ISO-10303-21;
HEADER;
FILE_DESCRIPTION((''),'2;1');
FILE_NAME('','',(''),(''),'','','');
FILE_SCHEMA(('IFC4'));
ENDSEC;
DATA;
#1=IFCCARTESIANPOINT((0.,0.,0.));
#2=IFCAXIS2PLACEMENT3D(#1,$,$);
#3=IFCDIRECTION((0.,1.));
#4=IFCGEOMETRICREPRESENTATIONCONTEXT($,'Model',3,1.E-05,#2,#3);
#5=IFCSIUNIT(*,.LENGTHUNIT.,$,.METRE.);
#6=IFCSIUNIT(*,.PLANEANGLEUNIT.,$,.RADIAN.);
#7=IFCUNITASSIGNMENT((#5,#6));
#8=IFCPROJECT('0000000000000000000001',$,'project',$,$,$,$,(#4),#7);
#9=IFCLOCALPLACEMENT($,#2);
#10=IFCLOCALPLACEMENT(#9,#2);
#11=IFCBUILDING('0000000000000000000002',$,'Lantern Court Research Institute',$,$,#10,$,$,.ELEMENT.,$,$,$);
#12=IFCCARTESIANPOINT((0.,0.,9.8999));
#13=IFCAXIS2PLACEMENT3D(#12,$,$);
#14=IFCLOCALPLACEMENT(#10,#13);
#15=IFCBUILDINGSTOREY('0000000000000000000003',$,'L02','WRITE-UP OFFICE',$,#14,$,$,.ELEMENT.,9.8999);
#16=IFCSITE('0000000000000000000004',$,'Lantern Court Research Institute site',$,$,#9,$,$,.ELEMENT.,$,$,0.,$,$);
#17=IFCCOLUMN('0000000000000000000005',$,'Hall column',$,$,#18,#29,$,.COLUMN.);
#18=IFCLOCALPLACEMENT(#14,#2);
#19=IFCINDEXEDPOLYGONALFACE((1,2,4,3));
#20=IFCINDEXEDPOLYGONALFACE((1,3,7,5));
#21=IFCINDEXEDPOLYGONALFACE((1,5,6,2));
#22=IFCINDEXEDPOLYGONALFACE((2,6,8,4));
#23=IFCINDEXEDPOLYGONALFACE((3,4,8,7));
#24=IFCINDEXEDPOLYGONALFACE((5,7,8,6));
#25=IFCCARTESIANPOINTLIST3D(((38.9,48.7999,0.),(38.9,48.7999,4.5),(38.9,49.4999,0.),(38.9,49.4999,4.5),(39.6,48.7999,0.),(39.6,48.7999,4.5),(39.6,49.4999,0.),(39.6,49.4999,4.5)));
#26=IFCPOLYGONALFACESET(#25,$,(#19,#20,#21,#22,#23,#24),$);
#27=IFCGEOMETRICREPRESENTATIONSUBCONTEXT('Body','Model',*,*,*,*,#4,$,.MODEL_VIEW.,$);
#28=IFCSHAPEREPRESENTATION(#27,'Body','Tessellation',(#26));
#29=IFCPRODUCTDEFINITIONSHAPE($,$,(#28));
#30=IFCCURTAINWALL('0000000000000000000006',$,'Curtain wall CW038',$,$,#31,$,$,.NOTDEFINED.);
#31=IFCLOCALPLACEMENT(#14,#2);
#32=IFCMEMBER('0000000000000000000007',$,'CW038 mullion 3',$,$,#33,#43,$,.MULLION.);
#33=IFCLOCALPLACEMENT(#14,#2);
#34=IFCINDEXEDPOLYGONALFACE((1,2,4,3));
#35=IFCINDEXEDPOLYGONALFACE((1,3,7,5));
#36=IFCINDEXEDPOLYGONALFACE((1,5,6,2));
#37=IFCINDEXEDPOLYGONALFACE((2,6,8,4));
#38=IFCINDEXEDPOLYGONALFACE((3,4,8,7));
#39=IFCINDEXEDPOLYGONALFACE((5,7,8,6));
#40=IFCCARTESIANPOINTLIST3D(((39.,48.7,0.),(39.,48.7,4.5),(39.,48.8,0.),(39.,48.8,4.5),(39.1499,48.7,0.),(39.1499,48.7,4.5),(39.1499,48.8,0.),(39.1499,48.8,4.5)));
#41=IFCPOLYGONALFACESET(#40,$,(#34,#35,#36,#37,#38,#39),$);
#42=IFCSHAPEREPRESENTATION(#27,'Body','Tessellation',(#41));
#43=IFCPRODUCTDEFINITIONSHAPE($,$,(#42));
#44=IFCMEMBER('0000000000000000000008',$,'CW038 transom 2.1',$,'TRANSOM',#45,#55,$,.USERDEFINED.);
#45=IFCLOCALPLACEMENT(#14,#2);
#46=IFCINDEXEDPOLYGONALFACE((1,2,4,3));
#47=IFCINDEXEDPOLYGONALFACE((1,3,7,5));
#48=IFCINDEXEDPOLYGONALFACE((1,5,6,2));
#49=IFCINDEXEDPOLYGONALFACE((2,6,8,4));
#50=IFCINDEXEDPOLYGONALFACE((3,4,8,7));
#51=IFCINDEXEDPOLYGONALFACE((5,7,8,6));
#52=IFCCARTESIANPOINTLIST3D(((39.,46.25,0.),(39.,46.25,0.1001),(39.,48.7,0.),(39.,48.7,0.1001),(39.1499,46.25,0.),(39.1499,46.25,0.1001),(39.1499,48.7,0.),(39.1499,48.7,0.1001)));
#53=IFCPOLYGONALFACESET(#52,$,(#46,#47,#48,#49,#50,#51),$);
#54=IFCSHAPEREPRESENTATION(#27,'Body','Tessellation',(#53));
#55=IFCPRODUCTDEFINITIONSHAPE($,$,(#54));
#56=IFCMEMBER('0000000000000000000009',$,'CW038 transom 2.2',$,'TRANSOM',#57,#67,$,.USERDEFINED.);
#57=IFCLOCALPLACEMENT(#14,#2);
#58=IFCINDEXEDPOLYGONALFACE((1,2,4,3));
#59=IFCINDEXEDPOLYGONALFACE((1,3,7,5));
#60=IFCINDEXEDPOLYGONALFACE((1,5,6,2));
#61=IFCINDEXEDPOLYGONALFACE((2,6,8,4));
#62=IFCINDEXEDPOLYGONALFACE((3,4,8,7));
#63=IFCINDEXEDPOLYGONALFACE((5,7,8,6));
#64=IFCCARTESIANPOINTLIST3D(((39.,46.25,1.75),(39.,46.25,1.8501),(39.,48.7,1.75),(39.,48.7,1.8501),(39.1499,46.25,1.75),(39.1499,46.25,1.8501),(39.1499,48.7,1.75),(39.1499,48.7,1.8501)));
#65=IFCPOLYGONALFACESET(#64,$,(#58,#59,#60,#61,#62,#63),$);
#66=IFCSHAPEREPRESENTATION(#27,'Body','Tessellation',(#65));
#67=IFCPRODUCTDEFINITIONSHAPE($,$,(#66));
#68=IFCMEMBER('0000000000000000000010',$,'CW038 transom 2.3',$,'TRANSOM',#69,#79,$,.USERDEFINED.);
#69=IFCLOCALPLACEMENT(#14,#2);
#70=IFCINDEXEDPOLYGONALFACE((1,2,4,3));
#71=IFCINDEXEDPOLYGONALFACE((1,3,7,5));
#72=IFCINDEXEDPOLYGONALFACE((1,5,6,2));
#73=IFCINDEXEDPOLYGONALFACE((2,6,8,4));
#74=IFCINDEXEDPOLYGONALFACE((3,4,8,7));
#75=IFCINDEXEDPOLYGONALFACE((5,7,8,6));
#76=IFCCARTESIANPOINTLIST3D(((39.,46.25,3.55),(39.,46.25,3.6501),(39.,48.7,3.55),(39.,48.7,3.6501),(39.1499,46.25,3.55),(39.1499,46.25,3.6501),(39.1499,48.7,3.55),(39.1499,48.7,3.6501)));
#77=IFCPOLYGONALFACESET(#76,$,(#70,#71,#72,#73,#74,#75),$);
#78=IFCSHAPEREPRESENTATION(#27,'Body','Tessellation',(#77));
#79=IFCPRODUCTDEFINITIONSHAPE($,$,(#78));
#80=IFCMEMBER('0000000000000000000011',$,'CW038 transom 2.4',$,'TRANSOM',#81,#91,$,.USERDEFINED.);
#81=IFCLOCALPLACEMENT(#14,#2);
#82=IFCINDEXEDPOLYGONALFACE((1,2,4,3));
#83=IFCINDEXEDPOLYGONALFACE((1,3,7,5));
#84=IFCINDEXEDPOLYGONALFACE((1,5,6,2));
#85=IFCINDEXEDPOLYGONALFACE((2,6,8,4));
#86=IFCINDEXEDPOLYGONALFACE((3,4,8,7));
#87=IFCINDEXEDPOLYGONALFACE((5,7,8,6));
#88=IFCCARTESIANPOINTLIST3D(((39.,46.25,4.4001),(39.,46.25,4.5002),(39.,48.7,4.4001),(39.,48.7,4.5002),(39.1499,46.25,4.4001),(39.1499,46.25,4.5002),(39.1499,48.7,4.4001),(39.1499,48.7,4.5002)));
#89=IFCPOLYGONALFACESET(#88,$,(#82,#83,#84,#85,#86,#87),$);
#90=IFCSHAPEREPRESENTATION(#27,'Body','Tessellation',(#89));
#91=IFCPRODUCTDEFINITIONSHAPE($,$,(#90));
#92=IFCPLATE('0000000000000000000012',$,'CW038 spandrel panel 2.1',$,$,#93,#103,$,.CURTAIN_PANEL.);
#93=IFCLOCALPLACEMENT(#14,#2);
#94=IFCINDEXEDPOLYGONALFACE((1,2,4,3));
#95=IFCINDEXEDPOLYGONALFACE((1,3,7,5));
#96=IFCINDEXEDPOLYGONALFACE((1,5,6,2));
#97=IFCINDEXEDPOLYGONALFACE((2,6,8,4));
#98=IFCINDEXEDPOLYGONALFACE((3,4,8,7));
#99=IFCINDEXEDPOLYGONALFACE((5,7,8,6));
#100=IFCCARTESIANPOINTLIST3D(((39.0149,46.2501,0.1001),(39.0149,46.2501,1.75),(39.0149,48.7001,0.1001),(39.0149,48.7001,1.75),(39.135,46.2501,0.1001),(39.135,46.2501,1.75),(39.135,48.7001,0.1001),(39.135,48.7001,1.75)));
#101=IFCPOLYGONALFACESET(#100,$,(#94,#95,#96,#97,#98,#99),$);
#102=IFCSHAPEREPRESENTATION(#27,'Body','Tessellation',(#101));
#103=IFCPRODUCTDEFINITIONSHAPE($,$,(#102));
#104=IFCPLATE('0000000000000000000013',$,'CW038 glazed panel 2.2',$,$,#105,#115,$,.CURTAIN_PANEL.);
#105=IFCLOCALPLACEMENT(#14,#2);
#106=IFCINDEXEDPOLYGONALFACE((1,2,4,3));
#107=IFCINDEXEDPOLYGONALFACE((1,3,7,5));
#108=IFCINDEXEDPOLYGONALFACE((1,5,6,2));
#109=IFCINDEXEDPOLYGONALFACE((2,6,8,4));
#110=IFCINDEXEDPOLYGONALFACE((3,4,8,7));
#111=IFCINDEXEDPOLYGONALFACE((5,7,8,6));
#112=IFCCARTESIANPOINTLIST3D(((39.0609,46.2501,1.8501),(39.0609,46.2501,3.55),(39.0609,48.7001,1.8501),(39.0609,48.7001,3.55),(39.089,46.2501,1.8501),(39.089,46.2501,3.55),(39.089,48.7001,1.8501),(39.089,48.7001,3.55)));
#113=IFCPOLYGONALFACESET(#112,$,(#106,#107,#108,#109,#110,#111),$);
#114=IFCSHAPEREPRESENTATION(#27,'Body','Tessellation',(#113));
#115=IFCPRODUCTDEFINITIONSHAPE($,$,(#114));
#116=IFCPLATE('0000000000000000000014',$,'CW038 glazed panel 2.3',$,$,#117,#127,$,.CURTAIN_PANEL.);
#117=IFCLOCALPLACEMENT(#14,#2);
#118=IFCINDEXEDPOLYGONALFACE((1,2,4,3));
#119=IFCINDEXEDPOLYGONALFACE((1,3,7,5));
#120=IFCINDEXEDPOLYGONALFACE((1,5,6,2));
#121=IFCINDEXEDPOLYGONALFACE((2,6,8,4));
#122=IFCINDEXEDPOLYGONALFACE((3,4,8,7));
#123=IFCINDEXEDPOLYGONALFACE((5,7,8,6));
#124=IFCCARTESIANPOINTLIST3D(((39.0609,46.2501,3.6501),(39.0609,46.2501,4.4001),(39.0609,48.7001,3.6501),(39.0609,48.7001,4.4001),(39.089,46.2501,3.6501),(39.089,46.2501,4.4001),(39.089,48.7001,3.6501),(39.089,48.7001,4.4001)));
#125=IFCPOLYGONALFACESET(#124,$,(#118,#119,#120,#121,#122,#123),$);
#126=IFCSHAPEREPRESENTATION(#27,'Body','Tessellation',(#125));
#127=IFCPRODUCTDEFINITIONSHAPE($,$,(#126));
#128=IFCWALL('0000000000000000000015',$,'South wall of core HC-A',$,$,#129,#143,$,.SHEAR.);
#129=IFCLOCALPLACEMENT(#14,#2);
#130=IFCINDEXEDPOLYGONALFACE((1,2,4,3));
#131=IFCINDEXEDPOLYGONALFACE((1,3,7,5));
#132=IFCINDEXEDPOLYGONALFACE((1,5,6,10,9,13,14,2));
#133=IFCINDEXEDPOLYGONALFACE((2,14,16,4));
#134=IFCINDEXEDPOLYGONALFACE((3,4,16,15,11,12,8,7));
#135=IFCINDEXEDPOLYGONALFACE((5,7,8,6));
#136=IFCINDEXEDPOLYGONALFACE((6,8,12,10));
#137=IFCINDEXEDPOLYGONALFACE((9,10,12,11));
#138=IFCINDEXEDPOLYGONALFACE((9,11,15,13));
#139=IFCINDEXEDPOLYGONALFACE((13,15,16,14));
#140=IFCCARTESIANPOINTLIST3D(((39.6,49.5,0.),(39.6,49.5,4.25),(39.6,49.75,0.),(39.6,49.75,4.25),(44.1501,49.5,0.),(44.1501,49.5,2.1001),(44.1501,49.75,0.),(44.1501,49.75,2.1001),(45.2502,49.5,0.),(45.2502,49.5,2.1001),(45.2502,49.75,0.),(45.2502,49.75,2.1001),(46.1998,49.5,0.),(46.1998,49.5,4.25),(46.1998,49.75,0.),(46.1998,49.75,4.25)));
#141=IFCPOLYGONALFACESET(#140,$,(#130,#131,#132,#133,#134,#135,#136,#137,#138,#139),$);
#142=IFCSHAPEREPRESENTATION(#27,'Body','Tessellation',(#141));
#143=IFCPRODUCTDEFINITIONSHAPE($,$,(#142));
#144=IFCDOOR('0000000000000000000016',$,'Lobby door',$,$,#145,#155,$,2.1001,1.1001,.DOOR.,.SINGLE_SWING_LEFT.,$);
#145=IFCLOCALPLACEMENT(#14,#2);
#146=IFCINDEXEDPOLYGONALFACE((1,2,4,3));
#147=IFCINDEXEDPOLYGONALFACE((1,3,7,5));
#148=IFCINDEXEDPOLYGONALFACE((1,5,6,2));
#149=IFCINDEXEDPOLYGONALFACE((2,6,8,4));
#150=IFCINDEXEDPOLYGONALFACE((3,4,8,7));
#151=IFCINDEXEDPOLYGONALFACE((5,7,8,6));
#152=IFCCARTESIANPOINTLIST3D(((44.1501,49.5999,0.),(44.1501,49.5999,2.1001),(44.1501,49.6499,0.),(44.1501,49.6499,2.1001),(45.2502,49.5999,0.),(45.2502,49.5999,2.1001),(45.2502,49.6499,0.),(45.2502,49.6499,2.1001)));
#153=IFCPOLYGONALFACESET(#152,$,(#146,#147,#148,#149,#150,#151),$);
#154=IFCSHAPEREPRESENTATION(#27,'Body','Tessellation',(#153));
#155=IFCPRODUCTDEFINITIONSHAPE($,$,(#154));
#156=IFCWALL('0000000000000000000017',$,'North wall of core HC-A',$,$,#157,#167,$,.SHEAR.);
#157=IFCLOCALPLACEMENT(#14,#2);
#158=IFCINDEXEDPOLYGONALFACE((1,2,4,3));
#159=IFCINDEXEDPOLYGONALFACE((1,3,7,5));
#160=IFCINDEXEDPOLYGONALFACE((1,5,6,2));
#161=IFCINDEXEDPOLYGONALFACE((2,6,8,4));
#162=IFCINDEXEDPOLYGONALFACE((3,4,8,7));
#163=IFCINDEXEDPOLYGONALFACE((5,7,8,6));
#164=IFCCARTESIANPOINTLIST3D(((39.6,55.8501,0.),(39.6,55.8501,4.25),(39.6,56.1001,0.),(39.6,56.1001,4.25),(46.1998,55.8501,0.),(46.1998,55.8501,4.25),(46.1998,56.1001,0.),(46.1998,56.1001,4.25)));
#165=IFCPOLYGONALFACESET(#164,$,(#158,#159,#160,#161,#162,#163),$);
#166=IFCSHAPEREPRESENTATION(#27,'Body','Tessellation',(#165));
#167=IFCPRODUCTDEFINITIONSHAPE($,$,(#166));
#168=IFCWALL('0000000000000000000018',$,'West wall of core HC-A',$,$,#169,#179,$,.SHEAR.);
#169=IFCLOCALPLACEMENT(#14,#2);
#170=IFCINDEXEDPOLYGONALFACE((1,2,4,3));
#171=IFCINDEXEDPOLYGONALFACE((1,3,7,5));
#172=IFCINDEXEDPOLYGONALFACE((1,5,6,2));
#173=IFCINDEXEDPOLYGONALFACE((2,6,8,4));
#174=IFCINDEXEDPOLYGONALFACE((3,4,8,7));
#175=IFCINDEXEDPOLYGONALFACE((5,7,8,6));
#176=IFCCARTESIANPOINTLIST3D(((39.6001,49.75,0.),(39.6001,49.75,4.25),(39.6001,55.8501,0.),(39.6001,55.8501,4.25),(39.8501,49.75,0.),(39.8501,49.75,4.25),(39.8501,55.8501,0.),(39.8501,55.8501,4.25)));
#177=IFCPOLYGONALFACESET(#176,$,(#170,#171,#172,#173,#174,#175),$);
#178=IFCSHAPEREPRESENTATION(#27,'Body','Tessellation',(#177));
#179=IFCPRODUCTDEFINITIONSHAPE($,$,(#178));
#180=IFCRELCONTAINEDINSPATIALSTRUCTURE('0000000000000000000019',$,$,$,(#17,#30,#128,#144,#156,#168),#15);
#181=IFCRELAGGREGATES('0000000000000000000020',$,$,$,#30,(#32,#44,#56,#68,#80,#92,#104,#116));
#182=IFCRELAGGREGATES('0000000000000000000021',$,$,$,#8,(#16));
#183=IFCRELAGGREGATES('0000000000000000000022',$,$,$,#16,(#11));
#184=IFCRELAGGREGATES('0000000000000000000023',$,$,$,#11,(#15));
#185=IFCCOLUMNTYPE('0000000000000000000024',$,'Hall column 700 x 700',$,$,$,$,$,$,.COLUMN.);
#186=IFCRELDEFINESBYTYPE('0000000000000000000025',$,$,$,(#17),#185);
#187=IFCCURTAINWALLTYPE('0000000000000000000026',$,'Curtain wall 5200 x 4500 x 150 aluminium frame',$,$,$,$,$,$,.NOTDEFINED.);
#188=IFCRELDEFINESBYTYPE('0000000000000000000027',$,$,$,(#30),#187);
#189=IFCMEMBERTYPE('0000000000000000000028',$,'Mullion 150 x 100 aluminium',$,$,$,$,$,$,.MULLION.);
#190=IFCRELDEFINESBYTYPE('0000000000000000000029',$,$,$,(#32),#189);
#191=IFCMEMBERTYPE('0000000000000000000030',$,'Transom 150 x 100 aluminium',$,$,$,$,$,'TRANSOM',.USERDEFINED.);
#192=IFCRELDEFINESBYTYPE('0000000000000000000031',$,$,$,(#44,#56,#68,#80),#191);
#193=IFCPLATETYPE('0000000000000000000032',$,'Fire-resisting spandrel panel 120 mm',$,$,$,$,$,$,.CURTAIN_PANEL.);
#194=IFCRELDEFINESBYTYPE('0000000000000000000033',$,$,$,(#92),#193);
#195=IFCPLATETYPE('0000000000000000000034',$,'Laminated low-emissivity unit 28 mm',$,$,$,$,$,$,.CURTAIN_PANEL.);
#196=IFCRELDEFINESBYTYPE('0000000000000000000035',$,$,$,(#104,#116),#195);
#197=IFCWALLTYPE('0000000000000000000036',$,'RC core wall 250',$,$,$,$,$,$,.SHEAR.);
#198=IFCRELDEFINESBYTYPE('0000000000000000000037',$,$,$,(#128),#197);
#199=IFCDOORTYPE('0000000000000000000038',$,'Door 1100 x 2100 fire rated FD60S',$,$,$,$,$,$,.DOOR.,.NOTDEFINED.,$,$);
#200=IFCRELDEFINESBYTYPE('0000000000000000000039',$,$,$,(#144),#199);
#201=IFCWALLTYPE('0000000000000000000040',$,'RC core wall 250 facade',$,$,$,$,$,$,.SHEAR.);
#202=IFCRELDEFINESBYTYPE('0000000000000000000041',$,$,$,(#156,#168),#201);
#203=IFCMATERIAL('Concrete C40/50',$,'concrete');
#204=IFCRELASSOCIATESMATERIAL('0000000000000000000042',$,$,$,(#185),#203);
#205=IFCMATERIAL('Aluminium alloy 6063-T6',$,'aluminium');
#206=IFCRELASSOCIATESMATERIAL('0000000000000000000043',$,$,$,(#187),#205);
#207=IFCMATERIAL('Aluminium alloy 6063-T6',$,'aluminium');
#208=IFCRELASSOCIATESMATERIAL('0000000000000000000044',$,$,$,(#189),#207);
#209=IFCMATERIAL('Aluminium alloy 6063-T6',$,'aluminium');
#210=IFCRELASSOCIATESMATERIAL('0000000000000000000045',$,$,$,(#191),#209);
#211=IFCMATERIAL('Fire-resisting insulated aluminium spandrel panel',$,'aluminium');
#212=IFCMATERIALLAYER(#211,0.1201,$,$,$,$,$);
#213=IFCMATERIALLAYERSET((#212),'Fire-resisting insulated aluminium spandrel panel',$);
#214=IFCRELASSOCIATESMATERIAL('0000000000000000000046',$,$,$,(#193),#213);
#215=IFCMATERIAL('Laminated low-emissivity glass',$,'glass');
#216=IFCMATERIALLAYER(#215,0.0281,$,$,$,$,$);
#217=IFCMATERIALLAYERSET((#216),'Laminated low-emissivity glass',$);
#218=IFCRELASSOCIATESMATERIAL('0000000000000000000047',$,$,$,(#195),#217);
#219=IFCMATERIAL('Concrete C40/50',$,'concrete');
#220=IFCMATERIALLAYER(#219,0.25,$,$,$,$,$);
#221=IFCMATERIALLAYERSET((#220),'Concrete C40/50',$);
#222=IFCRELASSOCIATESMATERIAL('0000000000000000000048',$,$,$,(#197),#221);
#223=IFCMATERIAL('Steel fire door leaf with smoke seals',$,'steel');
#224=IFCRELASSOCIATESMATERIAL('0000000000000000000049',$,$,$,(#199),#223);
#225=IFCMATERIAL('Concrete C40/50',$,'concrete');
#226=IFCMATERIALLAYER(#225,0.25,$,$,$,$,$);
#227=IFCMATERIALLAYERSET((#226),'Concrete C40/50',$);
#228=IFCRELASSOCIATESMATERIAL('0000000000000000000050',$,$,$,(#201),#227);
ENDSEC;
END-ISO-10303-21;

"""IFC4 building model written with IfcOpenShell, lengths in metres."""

from ifc_helpers import new_model, si_unit, direction, frame, frame_2d, origin, origin_2d, place, context, subcontext, project, spatial, rectangle, extrude, material, layer, layer_set, material_profile, profile_set, type_object, element, fill, aggregate, save


model = new_model("IFC4")

# Units and contexts
model_context = context("Model", 3, precision=1e-05, world=origin(), true_north=direction((0.0, 1.0)))
body_context = subcontext(model_context, "Body", "Model", "MODEL_VIEW")
ifc_project = project(units=[si_unit("LENGTHUNIT", "METRE"), si_unit("PLANEANGLEUNIT", "RADIAN")], contexts=[model_context])

# Site, building, storey
site_placement = place(None, origin())
site = spatial("IfcSite", under=ifc_project, at=site_placement, Name="Lantern Court Research Institute site", CompositionType="ELEMENT", RefElevation=0.0)
building_placement = place(site_placement, origin())
building = spatial("IfcBuilding", under=site, at=building_placement, Name="Lantern Court Research Institute", CompositionType="ELEMENT")
storey_placement = place(building_placement, frame((0.0, 0.0, 9.8999)))
storey = spatial("IfcBuildingStorey", under=building, at=storey_placement, Name="L02", Description="WRITE-UP OFFICE", CompositionType="ELEMENT", Elevation=9.8999)

# Column
ifc_material_1 = material(Name="Concrete C40/50", Category="concrete")
ifc_material_profile_1 = material_profile(ifc_material_1, rectangle(XDim=0.7, YDim=0.7, at=origin_2d()), Name="Hall column 700 x 700")
ifc_profile_set_1 = profile_set([ifc_material_profile_1], Name="Concrete C40/50")
column_type = type_object("IfcColumnType", Name="Hall column 700 x 700", PredefinedType="COLUMN", material=ifc_profile_set_1)
column_placement = place(storey_placement, frame((39.25, 49.1499, 0.0), z_axis=(0.0, 0.0, 1.0), x_axis=(1.0, 0.0, 0.0)))
element("IfcColumn", 1, at=column_placement, inside=storey, type_object=column_type, Name="Hall column", PredefinedType="COLUMN", context=body_context, shape_type="SweptSolid", body=[
    extrude(rectangle(XDim=0.7, YDim=0.7, at=origin_2d()), origin(), (0.0, 0.0, 1.0), 4.5),
])

# Curtain wall, members, plates
ifc_material_2 = material(Name="Aluminium alloy 6063-T6", Category="aluminium")
curtain_wall_type = type_object("IfcCurtainWallType", Name="Curtain wall 5200 x 4500 x 150 aluminium frame", PredefinedType="NOTDEFINED", material=ifc_material_2)
curtain_wall_placement = place(storey_placement, origin())
curtain_wall = element("IfcCurtainWall", 2, at=curtain_wall_placement, inside=storey, type_object=curtain_wall_type, Name="Curtain wall CW038", PredefinedType="NOTDEFINED")
ifc_material_3 = material(Name="Aluminium alloy 6063-T6", Category="aluminium")
ifc_material_profile_2 = material_profile(ifc_material_3, rectangle(XDim=0.1499, YDim=0.1001, at=origin_2d()), Name="Mullion 150 x 100")
ifc_profile_set_2 = profile_set([ifc_material_profile_2], Name="Aluminium alloy 6063-T6")
member_type_1 = type_object("IfcMemberType", Name="Mullion 150 x 100 aluminium", PredefinedType="MULLION", material=ifc_profile_set_2)
member_1_placement = place(storey_placement, frame((39.075, 48.75, 0.0), z_axis=(0.0, 0.0, 1.0), x_axis=(-1.0, 0.0, 0.0)))
member_1 = element("IfcMember", 3, at=member_1_placement, type_object=member_type_1, Name="CW038 mullion 3", PredefinedType="MULLION", context=body_context, shape_type="SweptSolid", body=[
    extrude(rectangle(XDim=0.1499, YDim=0.1001, at=origin_2d()), origin(), (0.0, 0.0, 1.0), 4.5),
])
ifc_material_4 = material(Name="Aluminium alloy 6063-T6", Category="aluminium")
ifc_material_profile_3 = material_profile(ifc_material_4, rectangle(XDim=0.1499, YDim=0.1001, at=origin_2d()), Name="Transom 150 x 100")
ifc_profile_set_3 = profile_set([ifc_material_profile_3], Name="Aluminium alloy 6063-T6")
member_type_2 = type_object("IfcMemberType", Name="Transom 150 x 100 aluminium", ElementType="TRANSOM", PredefinedType="USERDEFINED", material=ifc_profile_set_3)
member_2_placement = place(storey_placement, frame((39.075, 46.25, 0.05), z_axis=(0.0, 1.0, 0.0), x_axis=(-1.0, 0.0, 0.0)))
member_2 = element("IfcMember", 4, at=member_2_placement, type_object=member_type_2, Name="CW038 transom 2.1", ObjectType="TRANSOM", PredefinedType="USERDEFINED", context=body_context, shape_type="SweptSolid", body=[
    extrude(rectangle(XDim=0.1499, YDim=0.1001, at=origin_2d()), origin(), (0.0, 0.0, 1.0), 2.45),
])
member_3_placement = place(storey_placement, frame((39.075, 46.25, 1.8), z_axis=(0.0, 1.0, 0.0), x_axis=(-1.0, 0.0, 0.0)))
member_3 = element("IfcMember", 5, at=member_3_placement, type_object=member_type_2, Name="CW038 transom 2.2", ObjectType="TRANSOM", PredefinedType="USERDEFINED", context=body_context, shape_type="SweptSolid", body=[
    extrude(rectangle(XDim=0.1499, YDim=0.1001, at=origin_2d()), origin(), (0.0, 0.0, 1.0), 2.45),
])
member_4_placement = place(storey_placement, frame((39.075, 46.25, 3.6001), z_axis=(0.0, 1.0, 0.0), x_axis=(-1.0, 0.0, 0.0)))
member_4 = element("IfcMember", 6, at=member_4_placement, type_object=member_type_2, Name="CW038 transom 2.3", ObjectType="TRANSOM", PredefinedType="USERDEFINED", context=body_context, shape_type="SweptSolid", body=[
    extrude(rectangle(XDim=0.1499, YDim=0.1001, at=origin_2d()), origin(), (0.0, 0.0, 1.0), 2.45),
])
member_5_placement = place(storey_placement, frame((39.075, 46.25, 4.4502), z_axis=(0.0, 1.0, 0.0), x_axis=(-1.0, 0.0, 0.0)))
member_5 = element("IfcMember", 7, at=member_5_placement, type_object=member_type_2, Name="CW038 transom 2.4", ObjectType="TRANSOM", PredefinedType="USERDEFINED", context=body_context, shape_type="SweptSolid", body=[
    extrude(rectangle(XDim=0.1499, YDim=0.1001, at=origin_2d()), origin(), (0.0, 0.0, 1.0), 2.45),
])
ifc_material_5 = material(Name="Fire-resisting insulated aluminium spandrel panel", Category="aluminium")
ifc_layer_1 = layer(ifc_material_5, 0.1201)
ifc_layer_set_1 = layer_set([ifc_layer_1], Name="Fire-resisting insulated aluminium spandrel panel")
plate_type_1 = type_object("IfcPlateType", Name="Fire-resisting spandrel panel 120 mm", PredefinedType="CURTAIN_PANEL", material=ifc_layer_set_1)
plate_1_placement = place(storey_placement, frame((39.075, 47.4751, 0.1001), z_axis=(0.0, 0.0, 1.0), x_axis=(0.0, 1.0, 0.0)))
plate_1 = element("IfcPlate", 8, at=plate_1_placement, type_object=plate_type_1, Name="CW038 spandrel panel 2.1", PredefinedType="CURTAIN_PANEL", context=body_context, shape_type="SweptSolid", body=[
    extrude(rectangle(XDim=2.45, YDim=0.1201, at=origin_2d()), origin(), (0.0, 0.0, 1.0), 1.6499),
])
ifc_material_6 = material(Name="Laminated low-emissivity glass", Category="glass")
ifc_layer_2 = layer(ifc_material_6, 0.0281)
ifc_layer_set_2 = layer_set([ifc_layer_2], Name="Laminated low-emissivity glass")
plate_type_2 = type_object("IfcPlateType", Name="Laminated low-emissivity unit 28 mm", PredefinedType="CURTAIN_PANEL", material=ifc_layer_set_2)
plate_2_placement = place(storey_placement, frame((39.075, 47.4751, 1.8501), z_axis=(0.0, 0.0, 1.0), x_axis=(0.0, 1.0, 0.0)))
plate_2 = element("IfcPlate", 9, at=plate_2_placement, type_object=plate_type_2, Name="CW038 glazed panel 2.2", PredefinedType="CURTAIN_PANEL", context=body_context, shape_type="SweptSolid", body=[
    extrude(rectangle(XDim=2.45, YDim=0.0281, at=origin_2d()), origin(), (0.0, 0.0, 1.0), 1.7),
])
plate_3_placement = place(storey_placement, frame((39.075, 47.4751, 3.6501), z_axis=(0.0, 0.0, 1.0), x_axis=(0.0, 1.0, 0.0)))
plate_3 = element("IfcPlate", 10, at=plate_3_placement, type_object=plate_type_2, Name="CW038 glazed panel 2.3", PredefinedType="CURTAIN_PANEL", context=body_context, shape_type="SweptSolid", body=[
    extrude(rectangle(XDim=2.45, YDim=0.0281, at=origin_2d()), origin(), (0.0, 0.0, 1.0), 0.75),
])
aggregate(curtain_wall, [member_1, member_2, member_3, member_4, member_5, plate_1, plate_2, plate_3])

# Wall, opening, door
ifc_material_7 = material(Name="Concrete C40/50", Category="concrete")
ifc_layer_3 = layer(ifc_material_7, 0.25)
ifc_layer_set_3 = layer_set([ifc_layer_3], Name="Concrete C40/50")
wall_type_1 = type_object("IfcWallType", Name="RC core wall 250", PredefinedType="SHEAR", material=ifc_layer_set_3)
wall_1_placement = place(storey_placement, frame((39.6001, 49.625, 0.0), z_axis=(0.0, 0.0, 1.0), x_axis=(1.0, 0.0, 0.0)))
wall_1 = element("IfcWall", 11, at=wall_1_placement, inside=storey, type_object=wall_type_1, Name="South wall of core HC-A", PredefinedType="SHEAR", context=body_context, shape_type="SweptSolid", body=[
    extrude(rectangle(XDim=6.5999, YDim=0.25, at=frame_2d((3.2998, 0.0))), origin(), (0.0, 0.0, 1.0), 4.25),
])
opening_1_placement = place(wall_1_placement, frame((4.55, 0.0, 0.0)))
opening_1 = element("IfcOpeningElement", 12, at=opening_1_placement, cuts=wall_1, PredefinedType="OPENING", context=body_context, shape_type="SweptSolid", body=[
    extrude(rectangle(XDim=1.1001, YDim=2.1001, at=frame_2d((0.55, 1.05))), frame((0.0, 0.135, 0.0), z_axis=(0.0, -1.0, 0.0), x_axis=(1.0, 0.0, 0.0)), (0.0, 0.0, 1.0), 0.27),
])
ifc_material_8 = material(Name="Steel fire door leaf with smoke seals", Category="steel")
door_type_1 = type_object("IfcDoorType", Name="Door 1100 x 2100 fire rated FD60S", OperationType="NOTDEFINED", PredefinedType="DOOR", material=ifc_material_8)
door_1_placement = place(opening_1_placement, origin())
door_1 = element("IfcDoor", 13, at=door_1_placement, inside=storey, type_object=door_type_1, Name="Lobby door", OperationType="SINGLE_SWING_LEFT", OverallHeight=2.1001, OverallWidth=1.1001, PredefinedType="DOOR", context=body_context, shape_type="SweptSolid", body=[
    extrude(rectangle(XDim=1.1001, YDim=2.1001, at=frame_2d((0.55, 1.05))), frame((0.0, 0.0249, 0.0), z_axis=(0.0, -1.0, 0.0), x_axis=(1.0, 0.0, 0.0)), (0.0, 0.0, 1.0), 0.05),
])
fill(opening_1, door_1)

# Walls
ifc_material_9 = material(Name="Concrete C40/50", Category="concrete")
ifc_layer_4 = layer(ifc_material_9, 0.25)
ifc_layer_set_4 = layer_set([ifc_layer_4], Name="Concrete C40/50")
wall_type_2 = type_object("IfcWallType", Name="RC core wall 250 facade", PredefinedType="SHEAR", material=ifc_layer_set_4)
wall_2_placement = place(storey_placement, frame((39.6001, 55.9751, 0.0), z_axis=(0.0, 0.0, 1.0), x_axis=(1.0, 0.0, 0.0)))
element("IfcWall", 14, at=wall_2_placement, inside=storey, type_object=wall_type_2, Name="North wall of core HC-A", PredefinedType="SHEAR", context=body_context, shape_type="SweptSolid", body=[
    extrude(rectangle(XDim=6.5999, YDim=0.25, at=frame_2d((3.2998, 0.0))), origin(), (0.0, 0.0, 1.0), 4.25),
])
wall_3_placement = place(storey_placement, frame((39.7251, 49.75, 0.0), z_axis=(0.0, 0.0, 1.0), x_axis=(0.0, 1.0, 0.0)))
element("IfcWall", 15, at=wall_3_placement, inside=storey, type_object=wall_type_2, Name="West wall of core HC-A", PredefinedType="SHEAR", context=body_context, shape_type="SweptSolid", body=[
    extrude(rectangle(XDim=6.1001, YDim=0.25, at=frame_2d((3.05, 0.0))), origin(), (0.0, 0.0, 1.0), 4.25),
])

save(model, "model.ifc")
